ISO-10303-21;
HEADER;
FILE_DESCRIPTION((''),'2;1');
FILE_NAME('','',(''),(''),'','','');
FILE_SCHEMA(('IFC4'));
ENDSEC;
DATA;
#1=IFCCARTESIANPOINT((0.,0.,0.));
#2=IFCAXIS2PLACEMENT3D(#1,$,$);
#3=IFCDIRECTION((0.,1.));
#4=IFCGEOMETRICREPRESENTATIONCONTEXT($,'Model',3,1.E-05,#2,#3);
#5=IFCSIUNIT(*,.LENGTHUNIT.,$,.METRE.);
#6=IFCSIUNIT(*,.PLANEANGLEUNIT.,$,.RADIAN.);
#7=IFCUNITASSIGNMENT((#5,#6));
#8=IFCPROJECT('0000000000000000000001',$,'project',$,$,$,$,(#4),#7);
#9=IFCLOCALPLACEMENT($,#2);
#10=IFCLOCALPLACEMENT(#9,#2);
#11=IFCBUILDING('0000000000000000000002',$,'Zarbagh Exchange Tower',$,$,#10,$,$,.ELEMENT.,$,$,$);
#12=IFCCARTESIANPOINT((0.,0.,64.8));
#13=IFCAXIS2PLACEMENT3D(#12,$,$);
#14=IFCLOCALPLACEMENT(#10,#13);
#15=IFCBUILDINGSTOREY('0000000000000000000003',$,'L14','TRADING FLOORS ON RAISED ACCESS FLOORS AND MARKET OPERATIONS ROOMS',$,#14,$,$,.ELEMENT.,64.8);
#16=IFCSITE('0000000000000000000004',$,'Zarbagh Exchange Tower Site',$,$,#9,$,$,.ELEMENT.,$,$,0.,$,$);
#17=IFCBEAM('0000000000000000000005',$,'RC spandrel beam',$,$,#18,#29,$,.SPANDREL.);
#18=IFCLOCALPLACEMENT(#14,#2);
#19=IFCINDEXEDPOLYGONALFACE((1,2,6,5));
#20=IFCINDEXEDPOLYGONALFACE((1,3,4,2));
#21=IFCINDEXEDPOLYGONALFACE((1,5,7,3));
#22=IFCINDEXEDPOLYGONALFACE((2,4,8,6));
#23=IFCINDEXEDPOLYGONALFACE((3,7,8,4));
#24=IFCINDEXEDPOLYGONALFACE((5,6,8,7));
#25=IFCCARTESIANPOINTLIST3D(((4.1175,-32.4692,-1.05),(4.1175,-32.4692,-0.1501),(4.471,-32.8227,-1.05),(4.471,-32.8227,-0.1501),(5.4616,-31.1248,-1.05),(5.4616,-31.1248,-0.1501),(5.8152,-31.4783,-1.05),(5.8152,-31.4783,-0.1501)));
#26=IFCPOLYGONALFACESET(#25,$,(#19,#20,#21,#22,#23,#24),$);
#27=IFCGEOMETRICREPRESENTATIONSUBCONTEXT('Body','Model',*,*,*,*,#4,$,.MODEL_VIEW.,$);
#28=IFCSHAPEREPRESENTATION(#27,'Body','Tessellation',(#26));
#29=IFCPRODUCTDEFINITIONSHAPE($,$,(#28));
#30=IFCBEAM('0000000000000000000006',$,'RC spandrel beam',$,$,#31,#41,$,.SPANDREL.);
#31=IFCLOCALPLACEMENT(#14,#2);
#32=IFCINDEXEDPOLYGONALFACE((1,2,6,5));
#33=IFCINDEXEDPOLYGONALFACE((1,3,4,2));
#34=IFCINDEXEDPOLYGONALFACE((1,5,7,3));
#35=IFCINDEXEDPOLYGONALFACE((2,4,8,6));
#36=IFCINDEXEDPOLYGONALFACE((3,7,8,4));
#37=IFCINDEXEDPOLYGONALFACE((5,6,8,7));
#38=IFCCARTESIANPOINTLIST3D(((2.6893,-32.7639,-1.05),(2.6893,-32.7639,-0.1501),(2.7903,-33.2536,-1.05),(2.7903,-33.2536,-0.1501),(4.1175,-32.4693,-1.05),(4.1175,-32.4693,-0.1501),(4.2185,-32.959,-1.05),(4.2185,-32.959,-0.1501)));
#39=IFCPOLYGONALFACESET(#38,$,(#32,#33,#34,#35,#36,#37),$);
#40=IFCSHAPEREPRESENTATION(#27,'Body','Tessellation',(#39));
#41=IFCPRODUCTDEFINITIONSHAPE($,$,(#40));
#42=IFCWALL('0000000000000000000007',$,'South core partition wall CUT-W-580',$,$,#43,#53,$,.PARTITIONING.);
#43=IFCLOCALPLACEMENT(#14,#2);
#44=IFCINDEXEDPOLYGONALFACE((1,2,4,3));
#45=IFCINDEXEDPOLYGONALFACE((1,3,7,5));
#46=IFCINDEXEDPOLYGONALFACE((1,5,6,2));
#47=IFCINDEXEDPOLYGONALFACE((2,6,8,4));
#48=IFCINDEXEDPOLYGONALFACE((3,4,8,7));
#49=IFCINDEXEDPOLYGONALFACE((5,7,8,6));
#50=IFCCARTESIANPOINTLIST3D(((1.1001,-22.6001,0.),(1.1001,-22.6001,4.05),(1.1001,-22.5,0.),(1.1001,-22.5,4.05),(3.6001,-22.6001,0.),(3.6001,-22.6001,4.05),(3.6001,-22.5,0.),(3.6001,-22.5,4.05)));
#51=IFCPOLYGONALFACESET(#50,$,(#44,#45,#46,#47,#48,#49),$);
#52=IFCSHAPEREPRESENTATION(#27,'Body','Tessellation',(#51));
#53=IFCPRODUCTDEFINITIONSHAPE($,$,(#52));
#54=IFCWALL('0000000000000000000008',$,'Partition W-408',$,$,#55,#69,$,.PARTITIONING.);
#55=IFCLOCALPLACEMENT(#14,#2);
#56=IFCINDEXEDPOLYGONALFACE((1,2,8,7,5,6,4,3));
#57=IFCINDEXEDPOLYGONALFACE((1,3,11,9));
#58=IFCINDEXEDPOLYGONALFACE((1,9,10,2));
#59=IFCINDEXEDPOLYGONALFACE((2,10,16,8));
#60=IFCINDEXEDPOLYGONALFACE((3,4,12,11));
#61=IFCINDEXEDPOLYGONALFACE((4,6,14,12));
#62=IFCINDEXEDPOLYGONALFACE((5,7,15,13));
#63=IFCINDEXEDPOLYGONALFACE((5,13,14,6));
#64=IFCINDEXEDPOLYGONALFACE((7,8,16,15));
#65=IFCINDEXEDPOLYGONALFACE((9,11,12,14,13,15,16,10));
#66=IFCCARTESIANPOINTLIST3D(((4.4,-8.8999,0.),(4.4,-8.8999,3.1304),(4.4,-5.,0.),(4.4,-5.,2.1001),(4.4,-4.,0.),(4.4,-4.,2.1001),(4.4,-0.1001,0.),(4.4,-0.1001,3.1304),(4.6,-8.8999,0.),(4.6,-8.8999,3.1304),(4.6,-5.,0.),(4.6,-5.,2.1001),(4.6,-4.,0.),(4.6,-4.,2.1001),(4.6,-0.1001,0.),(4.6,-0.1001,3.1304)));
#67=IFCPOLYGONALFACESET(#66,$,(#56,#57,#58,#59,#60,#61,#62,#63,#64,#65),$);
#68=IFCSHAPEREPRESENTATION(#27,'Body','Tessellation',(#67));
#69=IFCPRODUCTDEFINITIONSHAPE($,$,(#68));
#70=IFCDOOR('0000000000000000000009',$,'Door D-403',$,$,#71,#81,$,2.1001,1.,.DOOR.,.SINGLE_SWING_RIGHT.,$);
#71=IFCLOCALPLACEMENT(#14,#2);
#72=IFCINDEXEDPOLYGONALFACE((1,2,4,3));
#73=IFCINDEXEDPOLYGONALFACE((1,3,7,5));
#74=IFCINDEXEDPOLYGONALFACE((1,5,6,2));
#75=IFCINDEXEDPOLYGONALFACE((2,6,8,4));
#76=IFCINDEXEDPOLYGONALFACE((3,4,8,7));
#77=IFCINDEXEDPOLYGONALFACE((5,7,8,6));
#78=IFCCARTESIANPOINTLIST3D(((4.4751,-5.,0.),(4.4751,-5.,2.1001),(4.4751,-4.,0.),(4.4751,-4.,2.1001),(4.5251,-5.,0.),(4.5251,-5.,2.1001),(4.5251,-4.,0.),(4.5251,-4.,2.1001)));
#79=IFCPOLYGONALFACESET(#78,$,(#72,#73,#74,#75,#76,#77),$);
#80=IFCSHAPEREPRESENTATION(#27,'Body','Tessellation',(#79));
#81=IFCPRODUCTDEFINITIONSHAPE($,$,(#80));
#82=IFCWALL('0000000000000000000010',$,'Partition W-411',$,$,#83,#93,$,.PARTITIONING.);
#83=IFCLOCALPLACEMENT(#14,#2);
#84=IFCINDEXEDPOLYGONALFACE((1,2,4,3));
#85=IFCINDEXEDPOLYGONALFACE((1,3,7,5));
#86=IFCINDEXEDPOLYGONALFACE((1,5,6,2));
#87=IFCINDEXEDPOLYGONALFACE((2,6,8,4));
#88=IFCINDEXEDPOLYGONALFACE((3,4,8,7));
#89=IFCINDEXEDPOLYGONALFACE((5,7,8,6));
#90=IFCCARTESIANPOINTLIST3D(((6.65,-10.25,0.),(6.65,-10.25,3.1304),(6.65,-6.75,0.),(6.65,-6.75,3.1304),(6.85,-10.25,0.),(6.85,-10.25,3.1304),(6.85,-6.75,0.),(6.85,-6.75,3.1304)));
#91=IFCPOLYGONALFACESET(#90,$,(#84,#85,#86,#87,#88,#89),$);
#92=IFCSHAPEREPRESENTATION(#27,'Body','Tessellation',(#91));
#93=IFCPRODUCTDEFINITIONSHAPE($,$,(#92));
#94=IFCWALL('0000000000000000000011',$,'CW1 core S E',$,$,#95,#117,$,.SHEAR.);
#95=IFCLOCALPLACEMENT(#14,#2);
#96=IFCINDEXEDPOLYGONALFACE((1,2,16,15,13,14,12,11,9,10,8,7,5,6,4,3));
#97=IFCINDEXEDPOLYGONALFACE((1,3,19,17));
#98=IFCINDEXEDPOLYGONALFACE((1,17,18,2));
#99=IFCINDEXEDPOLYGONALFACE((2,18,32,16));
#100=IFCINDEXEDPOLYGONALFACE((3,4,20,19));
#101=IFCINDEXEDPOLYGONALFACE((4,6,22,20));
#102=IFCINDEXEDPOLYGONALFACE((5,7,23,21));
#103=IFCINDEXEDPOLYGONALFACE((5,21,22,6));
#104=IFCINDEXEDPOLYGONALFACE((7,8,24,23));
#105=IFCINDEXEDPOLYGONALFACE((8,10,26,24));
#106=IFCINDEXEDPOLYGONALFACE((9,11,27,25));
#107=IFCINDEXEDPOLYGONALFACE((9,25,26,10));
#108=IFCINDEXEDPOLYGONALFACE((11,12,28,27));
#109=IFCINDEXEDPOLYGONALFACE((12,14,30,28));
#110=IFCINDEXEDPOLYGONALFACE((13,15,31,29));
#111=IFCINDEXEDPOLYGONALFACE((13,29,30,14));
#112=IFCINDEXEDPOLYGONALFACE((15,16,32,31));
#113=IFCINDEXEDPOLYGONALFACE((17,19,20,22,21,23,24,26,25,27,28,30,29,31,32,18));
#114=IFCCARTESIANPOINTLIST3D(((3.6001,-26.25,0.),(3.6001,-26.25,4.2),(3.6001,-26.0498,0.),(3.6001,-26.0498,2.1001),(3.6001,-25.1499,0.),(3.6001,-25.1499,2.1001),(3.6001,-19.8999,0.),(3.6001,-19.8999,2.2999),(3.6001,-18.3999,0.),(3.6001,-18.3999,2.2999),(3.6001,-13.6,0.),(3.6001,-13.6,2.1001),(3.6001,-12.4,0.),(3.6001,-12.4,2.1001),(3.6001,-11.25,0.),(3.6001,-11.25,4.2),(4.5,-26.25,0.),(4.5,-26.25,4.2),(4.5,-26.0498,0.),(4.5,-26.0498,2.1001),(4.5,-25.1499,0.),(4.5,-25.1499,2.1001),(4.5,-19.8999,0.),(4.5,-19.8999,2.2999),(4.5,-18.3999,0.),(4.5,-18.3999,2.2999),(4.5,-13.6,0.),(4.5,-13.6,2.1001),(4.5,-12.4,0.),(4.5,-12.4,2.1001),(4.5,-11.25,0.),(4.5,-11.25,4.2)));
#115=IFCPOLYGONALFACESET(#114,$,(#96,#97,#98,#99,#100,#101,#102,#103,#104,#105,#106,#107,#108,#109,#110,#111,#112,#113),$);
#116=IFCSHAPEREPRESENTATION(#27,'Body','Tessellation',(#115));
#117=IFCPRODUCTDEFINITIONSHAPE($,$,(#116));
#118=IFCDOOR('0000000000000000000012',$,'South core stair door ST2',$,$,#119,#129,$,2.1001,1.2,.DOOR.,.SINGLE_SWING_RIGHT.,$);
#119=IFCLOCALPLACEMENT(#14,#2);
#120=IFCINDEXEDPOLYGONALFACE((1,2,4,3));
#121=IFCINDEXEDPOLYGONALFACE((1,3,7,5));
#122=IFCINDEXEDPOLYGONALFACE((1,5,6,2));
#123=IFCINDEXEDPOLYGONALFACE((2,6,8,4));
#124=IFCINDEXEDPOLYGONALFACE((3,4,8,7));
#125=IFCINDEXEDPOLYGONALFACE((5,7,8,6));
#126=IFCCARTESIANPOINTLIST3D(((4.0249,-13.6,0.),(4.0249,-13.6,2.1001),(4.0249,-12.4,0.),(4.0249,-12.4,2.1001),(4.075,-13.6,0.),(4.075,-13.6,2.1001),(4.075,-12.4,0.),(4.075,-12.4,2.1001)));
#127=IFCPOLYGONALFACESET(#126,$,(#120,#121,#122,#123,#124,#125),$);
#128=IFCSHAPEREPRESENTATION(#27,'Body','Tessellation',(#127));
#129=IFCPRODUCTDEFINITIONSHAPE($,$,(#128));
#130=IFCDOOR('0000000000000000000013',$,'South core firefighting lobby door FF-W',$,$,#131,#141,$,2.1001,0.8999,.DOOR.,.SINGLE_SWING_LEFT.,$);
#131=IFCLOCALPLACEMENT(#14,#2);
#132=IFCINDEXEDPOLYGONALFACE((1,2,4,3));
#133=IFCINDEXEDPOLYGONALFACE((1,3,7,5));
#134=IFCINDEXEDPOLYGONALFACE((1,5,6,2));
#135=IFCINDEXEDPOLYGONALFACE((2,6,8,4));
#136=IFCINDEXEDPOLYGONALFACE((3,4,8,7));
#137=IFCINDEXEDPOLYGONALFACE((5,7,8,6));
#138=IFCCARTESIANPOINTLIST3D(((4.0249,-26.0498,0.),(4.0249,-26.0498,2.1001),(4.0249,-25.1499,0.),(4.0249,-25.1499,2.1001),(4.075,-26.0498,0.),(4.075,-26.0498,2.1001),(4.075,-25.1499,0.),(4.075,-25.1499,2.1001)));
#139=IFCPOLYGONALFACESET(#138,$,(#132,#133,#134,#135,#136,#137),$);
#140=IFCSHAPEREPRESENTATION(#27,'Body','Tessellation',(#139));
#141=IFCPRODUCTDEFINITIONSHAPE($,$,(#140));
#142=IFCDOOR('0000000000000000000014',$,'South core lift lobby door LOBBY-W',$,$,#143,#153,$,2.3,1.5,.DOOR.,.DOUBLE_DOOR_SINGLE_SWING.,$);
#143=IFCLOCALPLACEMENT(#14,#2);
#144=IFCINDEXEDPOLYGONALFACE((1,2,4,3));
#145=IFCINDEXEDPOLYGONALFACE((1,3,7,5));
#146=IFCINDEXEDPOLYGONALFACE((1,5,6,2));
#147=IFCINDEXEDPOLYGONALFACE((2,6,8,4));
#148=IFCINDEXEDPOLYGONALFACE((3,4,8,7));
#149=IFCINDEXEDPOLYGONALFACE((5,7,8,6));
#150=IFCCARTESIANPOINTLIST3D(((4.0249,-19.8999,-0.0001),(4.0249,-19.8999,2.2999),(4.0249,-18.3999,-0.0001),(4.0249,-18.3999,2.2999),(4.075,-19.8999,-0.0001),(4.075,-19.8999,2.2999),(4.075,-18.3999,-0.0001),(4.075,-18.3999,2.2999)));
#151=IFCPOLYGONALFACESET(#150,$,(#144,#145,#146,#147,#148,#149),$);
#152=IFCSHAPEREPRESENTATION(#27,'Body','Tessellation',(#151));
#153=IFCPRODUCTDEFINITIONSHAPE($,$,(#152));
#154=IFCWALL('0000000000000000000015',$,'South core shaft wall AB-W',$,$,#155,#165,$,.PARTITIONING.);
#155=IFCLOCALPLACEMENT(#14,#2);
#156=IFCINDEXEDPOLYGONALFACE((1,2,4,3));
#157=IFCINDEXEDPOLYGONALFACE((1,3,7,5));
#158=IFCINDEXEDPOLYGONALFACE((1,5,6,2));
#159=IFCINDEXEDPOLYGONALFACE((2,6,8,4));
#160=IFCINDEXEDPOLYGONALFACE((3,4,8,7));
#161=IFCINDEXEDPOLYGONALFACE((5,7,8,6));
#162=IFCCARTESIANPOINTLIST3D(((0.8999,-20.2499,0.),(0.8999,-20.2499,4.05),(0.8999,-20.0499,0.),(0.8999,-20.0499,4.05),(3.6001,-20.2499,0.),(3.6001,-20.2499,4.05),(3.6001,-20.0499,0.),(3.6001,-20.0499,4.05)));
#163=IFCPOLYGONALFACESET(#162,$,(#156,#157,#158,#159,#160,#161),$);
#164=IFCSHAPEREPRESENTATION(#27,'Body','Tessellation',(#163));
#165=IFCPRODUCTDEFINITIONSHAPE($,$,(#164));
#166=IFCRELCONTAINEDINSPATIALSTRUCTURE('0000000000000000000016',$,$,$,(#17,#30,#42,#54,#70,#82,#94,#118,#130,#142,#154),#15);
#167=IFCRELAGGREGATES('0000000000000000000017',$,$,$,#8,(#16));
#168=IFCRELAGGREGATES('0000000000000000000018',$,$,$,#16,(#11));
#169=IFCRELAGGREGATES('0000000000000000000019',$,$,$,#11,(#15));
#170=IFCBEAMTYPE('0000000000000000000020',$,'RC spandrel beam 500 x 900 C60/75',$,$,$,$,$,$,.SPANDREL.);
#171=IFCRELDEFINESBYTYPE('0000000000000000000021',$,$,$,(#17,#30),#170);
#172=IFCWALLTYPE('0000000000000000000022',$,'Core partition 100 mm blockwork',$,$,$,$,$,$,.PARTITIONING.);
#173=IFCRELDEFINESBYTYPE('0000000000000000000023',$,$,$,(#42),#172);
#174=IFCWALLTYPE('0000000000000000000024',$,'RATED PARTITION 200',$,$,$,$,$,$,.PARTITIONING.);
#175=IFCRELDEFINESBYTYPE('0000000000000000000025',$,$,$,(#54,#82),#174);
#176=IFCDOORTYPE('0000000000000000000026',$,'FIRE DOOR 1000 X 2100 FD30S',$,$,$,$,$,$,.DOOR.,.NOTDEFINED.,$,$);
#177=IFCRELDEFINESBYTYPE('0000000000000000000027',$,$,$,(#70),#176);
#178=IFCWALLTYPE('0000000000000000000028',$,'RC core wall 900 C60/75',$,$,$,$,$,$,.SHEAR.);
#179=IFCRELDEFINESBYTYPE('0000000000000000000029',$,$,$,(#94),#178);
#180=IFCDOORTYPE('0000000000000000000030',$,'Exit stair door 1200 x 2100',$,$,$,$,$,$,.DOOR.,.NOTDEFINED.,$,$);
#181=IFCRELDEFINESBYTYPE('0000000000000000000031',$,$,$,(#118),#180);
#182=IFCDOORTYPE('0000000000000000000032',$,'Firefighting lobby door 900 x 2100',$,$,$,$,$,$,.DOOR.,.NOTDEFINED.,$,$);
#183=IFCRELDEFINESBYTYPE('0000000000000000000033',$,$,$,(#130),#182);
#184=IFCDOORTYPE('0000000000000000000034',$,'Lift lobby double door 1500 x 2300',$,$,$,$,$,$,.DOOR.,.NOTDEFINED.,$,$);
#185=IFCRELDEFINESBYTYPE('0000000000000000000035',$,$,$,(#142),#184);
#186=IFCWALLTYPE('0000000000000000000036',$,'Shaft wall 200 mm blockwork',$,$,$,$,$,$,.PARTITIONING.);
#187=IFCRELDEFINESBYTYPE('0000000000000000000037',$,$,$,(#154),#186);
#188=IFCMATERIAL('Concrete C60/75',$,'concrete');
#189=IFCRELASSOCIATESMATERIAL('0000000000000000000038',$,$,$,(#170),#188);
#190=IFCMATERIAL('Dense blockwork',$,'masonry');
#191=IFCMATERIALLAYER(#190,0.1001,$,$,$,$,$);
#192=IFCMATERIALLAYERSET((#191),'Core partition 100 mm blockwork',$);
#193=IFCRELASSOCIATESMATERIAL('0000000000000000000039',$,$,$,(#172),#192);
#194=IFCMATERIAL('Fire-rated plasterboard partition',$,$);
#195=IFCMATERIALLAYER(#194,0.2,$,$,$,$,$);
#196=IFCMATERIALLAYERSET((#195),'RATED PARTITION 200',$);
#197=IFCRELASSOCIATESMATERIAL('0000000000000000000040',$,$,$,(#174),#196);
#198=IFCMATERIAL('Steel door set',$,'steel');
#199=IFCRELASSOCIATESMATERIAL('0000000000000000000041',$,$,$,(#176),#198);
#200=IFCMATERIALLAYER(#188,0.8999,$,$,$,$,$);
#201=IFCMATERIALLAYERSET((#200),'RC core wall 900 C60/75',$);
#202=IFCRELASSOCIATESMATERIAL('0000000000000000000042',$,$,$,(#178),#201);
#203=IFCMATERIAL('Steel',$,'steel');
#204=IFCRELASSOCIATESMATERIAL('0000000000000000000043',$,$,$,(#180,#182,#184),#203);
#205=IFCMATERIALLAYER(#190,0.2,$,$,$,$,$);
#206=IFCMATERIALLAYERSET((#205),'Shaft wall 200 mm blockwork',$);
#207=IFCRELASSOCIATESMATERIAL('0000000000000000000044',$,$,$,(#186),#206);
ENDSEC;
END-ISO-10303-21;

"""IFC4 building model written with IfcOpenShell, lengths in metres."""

from ifc_helpers import new_model, si_unit, direction, frame, frame_2d, origin, origin_2d, place, context, subcontext, project, spatial, rectangle, extrude, material, layer, layer_set, material_profile, profile_set, type_object, element, fill, save


model = new_model("IFC4")

# Units and contexts
model_context = context("Model", 3, precision=1e-05, world=origin(), true_north=direction((0.0, 1.0)))
body_context = subcontext(model_context, "Body", "Model", "MODEL_VIEW")
ifc_project = project(units=[si_unit("LENGTHUNIT", "METRE"), si_unit("PLANEANGLEUNIT", "RADIAN")], contexts=[model_context])

# Site, building, storey
site_placement = place(None, origin())
site = spatial("IfcSite", under=ifc_project, at=site_placement, Name="Zarbagh Exchange Tower Site", CompositionType="ELEMENT", RefElevation=0.0)
building_placement = place(site_placement, origin())
building = spatial("IfcBuilding", under=site, at=building_placement, Name="Zarbagh Exchange Tower", CompositionType="ELEMENT")
storey_placement = place(building_placement, frame((0.0, 0.0, 64.8)))
storey = spatial("IfcBuildingStorey", under=building, at=storey_placement, Name="L14", Description="TRADING FLOORS ON RAISED ACCESS FLOORS AND MARKET OPERATIONS ROOMS", CompositionType="ELEMENT", Elevation=64.8)

# Shared definitions
ifc_material_1 = material(Name="Concrete C60/75", Category="concrete")

# Beams
ifc_material_profile_1 = material_profile(ifc_material_1, rectangle(XDim=0.5, YDim=0.8999, at=origin_2d()), Name="RC spandrel beam 500 x 900 C60/75")
ifc_profile_set_1 = profile_set([ifc_material_profile_1], Name="Concrete C60/75")
beam_type_1 = type_object("IfcBeamType", Name="RC spandrel beam 500 x 900 C60/75", PredefinedType="SPANDREL", material=ifc_profile_set_1)
beam_1_placement = place(storey_placement, frame((5.6384, -31.3015, -0.6001), z_axis=(-0.707043, -0.707171, 0.0), x_axis=(0.707171, -0.707043, 0.0)))
element("IfcBeam", 1, at=beam_1_placement, inside=storey, type_object=beam_type_1, Name="RC spandrel beam", PredefinedType="SPANDREL", context=body_context, shape_type="SweptSolid", body=[
    extrude(rectangle(XDim=0.5, YDim=0.8999, at=origin_2d()), origin(), (0.0, 0.0, 1.0), 1.9011),
])
beam_2_placement = place(storey_placement, frame((4.168, -32.7141, -0.6001), z_axis=(-0.979371, -0.202069, 0.0), x_axis=(0.202069, -0.979371, 0.0)))
element("IfcBeam", 2, at=beam_2_placement, inside=storey, type_object=beam_type_1, Name="RC spandrel beam", PredefinedType="SPANDREL", context=body_context, shape_type="SweptSolid", body=[
    extrude(rectangle(XDim=0.5, YDim=0.8999, at=origin_2d()), origin(), (0.0, 0.0, 1.0), 1.4583),
])

# Wall
ifc_material_2 = material(Name="Dense blockwork", Category="masonry")
ifc_layer_1 = layer(ifc_material_2, 0.1001)
ifc_layer_set_1 = layer_set([ifc_layer_1], Name="Core partition 100 mm blockwork")
wall_type_1 = type_object("IfcWallType", Name="Core partition 100 mm blockwork", PredefinedType="PARTITIONING", material=ifc_layer_set_1)
wall_1_placement = place(storey_placement, frame((3.6001, -22.55, 0.0), z_axis=(0.0, 0.0, 1.0), x_axis=(-1.0, 0.0, 0.0)))
element("IfcWall", 3, at=wall_1_placement, inside=storey, type_object=wall_type_1, Name="South core partition wall CUT-W-580", PredefinedType="PARTITIONING", context=body_context, shape_type="SweptSolid", body=[
    extrude(rectangle(XDim=2.5, YDim=0.1001, at=frame_2d((1.25, 0.0))), origin(), (0.0, 0.0, 1.0), 4.05),
])

# Wall, opening, door
ifc_material_3 = material(Name="Fire-rated plasterboard partition")
ifc_layer_2 = layer(ifc_material_3, 0.2)
ifc_layer_set_2 = layer_set([ifc_layer_2], Name="RATED PARTITION 200")
wall_type_2 = type_object("IfcWallType", Name="RATED PARTITION 200", PredefinedType="PARTITIONING", material=ifc_layer_set_2)
wall_2_placement = place(storey_placement, frame((4.5, -8.8999, 0.0), z_axis=(0.0, 0.0, 1.0), x_axis=(0.0, 1.0, 0.0)))
wall_2 = element("IfcWall", 4, at=wall_2_placement, inside=storey, type_object=wall_type_2, Name="Partition W-408", PredefinedType="PARTITIONING", context=body_context, shape_type="SweptSolid", body=[
    extrude(rectangle(XDim=8.7998, YDim=0.2, at=frame_2d((4.3999, 0.0))), origin(), (0.0, 0.0, 1.0), 3.1304),
])
opening_1_placement = place(wall_2_placement, frame((3.8999, 0.0, 0.0)))
opening_1 = element("IfcOpeningElement", 5, at=opening_1_placement, cuts=wall_2, PredefinedType="OPENING", context=body_context, shape_type="SweptSolid", body=[
    extrude(rectangle(XDim=1.0, YDim=2.1001, at=frame_2d((0.5, 1.05))), frame((0.0, 0.1099, 0.0), z_axis=(0.0, -1.0, 0.0), x_axis=(1.0, 0.0, 0.0)), (0.0, 0.0, 1.0), 0.22),
])
ifc_material_4 = material(Name="Steel door set", Category="steel")
door_type_1 = type_object("IfcDoorType", Name="FIRE DOOR 1000 X 2100 FD30S", OperationType="NOTDEFINED", PredefinedType="DOOR", material=ifc_material_4)
door_1_placement = place(opening_1_placement, origin())
door_1 = element("IfcDoor", 6, at=door_1_placement, inside=storey, type_object=door_type_1, Name="Door D-403", OperationType="SINGLE_SWING_RIGHT", OverallHeight=2.1001, OverallWidth=1.0, PredefinedType="DOOR", context=body_context, shape_type="SweptSolid", body=[
    extrude(rectangle(XDim=1.0, YDim=2.1001, at=frame_2d((0.5, 1.05))), frame((0.0, 0.0249, 0.0), z_axis=(0.0, -1.0, 0.0), x_axis=(1.0, 0.0, 0.0)), (0.0, 0.0, 1.0), 0.05),
])
fill(opening_1, door_1)

# Wall
wall_3_placement = place(storey_placement, frame((6.75, -10.25, 0.0), z_axis=(0.0, 0.0, 1.0), x_axis=(0.0, 1.0, 0.0)))
element("IfcWall", 7, at=wall_3_placement, inside=storey, type_object=wall_type_2, Name="Partition W-411", PredefinedType="PARTITIONING", context=body_context, shape_type="SweptSolid", body=[
    extrude(rectangle(XDim=3.5, YDim=0.2, at=frame_2d((1.75, 0.0))), origin(), (0.0, 0.0, 1.0), 3.1304),
])

# Wall, openings, doors
ifc_layer_3 = layer(ifc_material_1, 0.8999)
ifc_layer_set_3 = layer_set([ifc_layer_3], Name="RC core wall 900 C60/75")
wall_type_3 = type_object("IfcWallType", Name="RC core wall 900 C60/75", PredefinedType="SHEAR", material=ifc_layer_set_3)
wall_4_placement = place(storey_placement, frame((4.05, -11.25, 0.0), z_axis=(0.0, 0.0, 1.0), x_axis=(0.0, -1.0, 0.0)))
wall_4 = element("IfcWall", 8, at=wall_4_placement, inside=storey, type_object=wall_type_3, Name="CW1 core S E", PredefinedType="SHEAR", context=body_context, shape_type="SweptSolid", body=[
    extrude(rectangle(XDim=15.0, YDim=0.8999, at=frame_2d((7.5, 0.0))), origin(), (0.0, 0.0, 1.0), 4.2),
])
opening_2_placement = place(wall_4_placement, frame((7.1499, 0.0, 0.0)))
opening_2 = element("IfcOpeningElement", 9, at=opening_2_placement, cuts=wall_4, PredefinedType="OPENING", context=body_context, shape_type="SweptSolid", body=[
    extrude(rectangle(XDim=1.5, YDim=2.3, at=frame_2d((0.75, 1.1499))), frame((0.0, 0.46, 0.0), z_axis=(0.0, -1.0, 0.0), x_axis=(1.0, 0.0, 0.0)), (0.0, 0.0, 1.0), 0.9199),
])
opening_3_placement = place(wall_4_placement, frame((13.8999, 0.0, 0.0)))
opening_3 = element("IfcOpeningElement", 10, at=opening_3_placement, cuts=wall_4, PredefinedType="OPENING", context=body_context, shape_type="SweptSolid", body=[
    extrude(rectangle(XDim=0.8999, YDim=2.1001, at=frame_2d((0.45, 1.05))), frame((0.0, 0.46, 0.0), z_axis=(0.0, -1.0, 0.0), x_axis=(1.0, 0.0, 0.0)), (0.0, 0.0, 1.0), 0.9199),
])
opening_4_placement = place(wall_4_placement, frame((1.1499, 0.0, 0.0)))
opening_4 = element("IfcOpeningElement", 11, at=opening_4_placement, cuts=wall_4, PredefinedType="OPENING", context=body_context, shape_type="SweptSolid", body=[
    extrude(rectangle(XDim=1.2, YDim=2.1001, at=frame_2d((0.6001, 1.05))), frame((0.0, 0.46, 0.0), z_axis=(0.0, -1.0, 0.0), x_axis=(1.0, 0.0, 0.0)), (0.0, 0.0, 1.0), 0.9199),
])
ifc_material_5 = material(Name="Steel", Category="steel")
door_type_2 = type_object("IfcDoorType", Name="Exit stair door 1200 x 2100", OperationType="NOTDEFINED", PredefinedType="DOOR", material=ifc_material_5)
door_2_placement = place(opening_4_placement, origin())
door_2 = element("IfcDoor", 12, at=door_2_placement, inside=storey, type_object=door_type_2, Name="South core stair door ST2", OperationType="SINGLE_SWING_RIGHT", OverallHeight=2.1001, OverallWidth=1.2, PredefinedType="DOOR", context=body_context, shape_type="SweptSolid", body=[
    extrude(rectangle(XDim=1.2, YDim=2.1001, at=frame_2d((0.6001, 1.05))), frame((0.0, 0.0249, 0.0), z_axis=(0.0, -1.0, 0.0), x_axis=(1.0, 0.0, 0.0)), (0.0, 0.0, 1.0), 0.05),
])
fill(opening_4, door_2)
door_type_3 = type_object("IfcDoorType", Name="Firefighting lobby door 900 x 2100", OperationType="NOTDEFINED", PredefinedType="DOOR", material=ifc_material_5)
door_3_placement = place(opening_3_placement, origin())
door_3 = element("IfcDoor", 13, at=door_3_placement, inside=storey, type_object=door_type_3, Name="South core firefighting lobby door FF-W", OperationType="SINGLE_SWING_LEFT", OverallHeight=2.1001, OverallWidth=0.8999, PredefinedType="DOOR", context=body_context, shape_type="SweptSolid", body=[
    extrude(rectangle(XDim=0.8999, YDim=2.1001, at=frame_2d((0.45, 1.05))), frame((0.0, 0.0249, 0.0), z_axis=(0.0, -1.0, 0.0), x_axis=(1.0, 0.0, 0.0)), (0.0, 0.0, 1.0), 0.05),
])
fill(opening_3, door_3)
door_type_4 = type_object("IfcDoorType", Name="Lift lobby double door 1500 x 2300", OperationType="NOTDEFINED", PredefinedType="DOOR", material=ifc_material_5)
door_4_placement = place(opening_2_placement, origin())
door_4 = element("IfcDoor", 14, at=door_4_placement, inside=storey, type_object=door_type_4, Name="South core lift lobby door LOBBY-W", OperationType="DOUBLE_DOOR_SINGLE_SWING", OverallHeight=2.3, OverallWidth=1.5, PredefinedType="DOOR", context=body_context, shape_type="SweptSolid", body=[
    extrude(rectangle(XDim=1.5, YDim=2.3, at=frame_2d((0.75, 1.1499))), frame((0.0, 0.0249, 0.0), z_axis=(0.0, -1.0, 0.0), x_axis=(1.0, 0.0, 0.0)), (0.0, 0.0, 1.0), 0.05),
])
fill(opening_2, door_4)

# Wall
ifc_layer_4 = layer(ifc_material_2, 0.2)
ifc_layer_set_4 = layer_set([ifc_layer_4], Name="Shaft wall 200 mm blockwork")
wall_type_4 = type_object("IfcWallType", Name="Shaft wall 200 mm blockwork", PredefinedType="PARTITIONING", material=ifc_layer_set_4)
wall_5_placement = place(storey_placement, frame((3.6001, -20.1499, 0.0), z_axis=(0.0, 0.0, 1.0), x_axis=(-1.0, 0.0, 0.0)))
element("IfcWall", 15, at=wall_5_placement, inside=storey, type_object=wall_type_4, Name="South core shaft wall AB-W", PredefinedType="PARTITIONING", context=body_context, shape_type="SweptSolid", body=[
    extrude(rectangle(XDim=2.7002, YDim=0.2, at=frame_2d((1.3501, 0.0))), origin(), (0.0, 0.0, 1.0), 4.05),
])

save(model, "model.ifc")
